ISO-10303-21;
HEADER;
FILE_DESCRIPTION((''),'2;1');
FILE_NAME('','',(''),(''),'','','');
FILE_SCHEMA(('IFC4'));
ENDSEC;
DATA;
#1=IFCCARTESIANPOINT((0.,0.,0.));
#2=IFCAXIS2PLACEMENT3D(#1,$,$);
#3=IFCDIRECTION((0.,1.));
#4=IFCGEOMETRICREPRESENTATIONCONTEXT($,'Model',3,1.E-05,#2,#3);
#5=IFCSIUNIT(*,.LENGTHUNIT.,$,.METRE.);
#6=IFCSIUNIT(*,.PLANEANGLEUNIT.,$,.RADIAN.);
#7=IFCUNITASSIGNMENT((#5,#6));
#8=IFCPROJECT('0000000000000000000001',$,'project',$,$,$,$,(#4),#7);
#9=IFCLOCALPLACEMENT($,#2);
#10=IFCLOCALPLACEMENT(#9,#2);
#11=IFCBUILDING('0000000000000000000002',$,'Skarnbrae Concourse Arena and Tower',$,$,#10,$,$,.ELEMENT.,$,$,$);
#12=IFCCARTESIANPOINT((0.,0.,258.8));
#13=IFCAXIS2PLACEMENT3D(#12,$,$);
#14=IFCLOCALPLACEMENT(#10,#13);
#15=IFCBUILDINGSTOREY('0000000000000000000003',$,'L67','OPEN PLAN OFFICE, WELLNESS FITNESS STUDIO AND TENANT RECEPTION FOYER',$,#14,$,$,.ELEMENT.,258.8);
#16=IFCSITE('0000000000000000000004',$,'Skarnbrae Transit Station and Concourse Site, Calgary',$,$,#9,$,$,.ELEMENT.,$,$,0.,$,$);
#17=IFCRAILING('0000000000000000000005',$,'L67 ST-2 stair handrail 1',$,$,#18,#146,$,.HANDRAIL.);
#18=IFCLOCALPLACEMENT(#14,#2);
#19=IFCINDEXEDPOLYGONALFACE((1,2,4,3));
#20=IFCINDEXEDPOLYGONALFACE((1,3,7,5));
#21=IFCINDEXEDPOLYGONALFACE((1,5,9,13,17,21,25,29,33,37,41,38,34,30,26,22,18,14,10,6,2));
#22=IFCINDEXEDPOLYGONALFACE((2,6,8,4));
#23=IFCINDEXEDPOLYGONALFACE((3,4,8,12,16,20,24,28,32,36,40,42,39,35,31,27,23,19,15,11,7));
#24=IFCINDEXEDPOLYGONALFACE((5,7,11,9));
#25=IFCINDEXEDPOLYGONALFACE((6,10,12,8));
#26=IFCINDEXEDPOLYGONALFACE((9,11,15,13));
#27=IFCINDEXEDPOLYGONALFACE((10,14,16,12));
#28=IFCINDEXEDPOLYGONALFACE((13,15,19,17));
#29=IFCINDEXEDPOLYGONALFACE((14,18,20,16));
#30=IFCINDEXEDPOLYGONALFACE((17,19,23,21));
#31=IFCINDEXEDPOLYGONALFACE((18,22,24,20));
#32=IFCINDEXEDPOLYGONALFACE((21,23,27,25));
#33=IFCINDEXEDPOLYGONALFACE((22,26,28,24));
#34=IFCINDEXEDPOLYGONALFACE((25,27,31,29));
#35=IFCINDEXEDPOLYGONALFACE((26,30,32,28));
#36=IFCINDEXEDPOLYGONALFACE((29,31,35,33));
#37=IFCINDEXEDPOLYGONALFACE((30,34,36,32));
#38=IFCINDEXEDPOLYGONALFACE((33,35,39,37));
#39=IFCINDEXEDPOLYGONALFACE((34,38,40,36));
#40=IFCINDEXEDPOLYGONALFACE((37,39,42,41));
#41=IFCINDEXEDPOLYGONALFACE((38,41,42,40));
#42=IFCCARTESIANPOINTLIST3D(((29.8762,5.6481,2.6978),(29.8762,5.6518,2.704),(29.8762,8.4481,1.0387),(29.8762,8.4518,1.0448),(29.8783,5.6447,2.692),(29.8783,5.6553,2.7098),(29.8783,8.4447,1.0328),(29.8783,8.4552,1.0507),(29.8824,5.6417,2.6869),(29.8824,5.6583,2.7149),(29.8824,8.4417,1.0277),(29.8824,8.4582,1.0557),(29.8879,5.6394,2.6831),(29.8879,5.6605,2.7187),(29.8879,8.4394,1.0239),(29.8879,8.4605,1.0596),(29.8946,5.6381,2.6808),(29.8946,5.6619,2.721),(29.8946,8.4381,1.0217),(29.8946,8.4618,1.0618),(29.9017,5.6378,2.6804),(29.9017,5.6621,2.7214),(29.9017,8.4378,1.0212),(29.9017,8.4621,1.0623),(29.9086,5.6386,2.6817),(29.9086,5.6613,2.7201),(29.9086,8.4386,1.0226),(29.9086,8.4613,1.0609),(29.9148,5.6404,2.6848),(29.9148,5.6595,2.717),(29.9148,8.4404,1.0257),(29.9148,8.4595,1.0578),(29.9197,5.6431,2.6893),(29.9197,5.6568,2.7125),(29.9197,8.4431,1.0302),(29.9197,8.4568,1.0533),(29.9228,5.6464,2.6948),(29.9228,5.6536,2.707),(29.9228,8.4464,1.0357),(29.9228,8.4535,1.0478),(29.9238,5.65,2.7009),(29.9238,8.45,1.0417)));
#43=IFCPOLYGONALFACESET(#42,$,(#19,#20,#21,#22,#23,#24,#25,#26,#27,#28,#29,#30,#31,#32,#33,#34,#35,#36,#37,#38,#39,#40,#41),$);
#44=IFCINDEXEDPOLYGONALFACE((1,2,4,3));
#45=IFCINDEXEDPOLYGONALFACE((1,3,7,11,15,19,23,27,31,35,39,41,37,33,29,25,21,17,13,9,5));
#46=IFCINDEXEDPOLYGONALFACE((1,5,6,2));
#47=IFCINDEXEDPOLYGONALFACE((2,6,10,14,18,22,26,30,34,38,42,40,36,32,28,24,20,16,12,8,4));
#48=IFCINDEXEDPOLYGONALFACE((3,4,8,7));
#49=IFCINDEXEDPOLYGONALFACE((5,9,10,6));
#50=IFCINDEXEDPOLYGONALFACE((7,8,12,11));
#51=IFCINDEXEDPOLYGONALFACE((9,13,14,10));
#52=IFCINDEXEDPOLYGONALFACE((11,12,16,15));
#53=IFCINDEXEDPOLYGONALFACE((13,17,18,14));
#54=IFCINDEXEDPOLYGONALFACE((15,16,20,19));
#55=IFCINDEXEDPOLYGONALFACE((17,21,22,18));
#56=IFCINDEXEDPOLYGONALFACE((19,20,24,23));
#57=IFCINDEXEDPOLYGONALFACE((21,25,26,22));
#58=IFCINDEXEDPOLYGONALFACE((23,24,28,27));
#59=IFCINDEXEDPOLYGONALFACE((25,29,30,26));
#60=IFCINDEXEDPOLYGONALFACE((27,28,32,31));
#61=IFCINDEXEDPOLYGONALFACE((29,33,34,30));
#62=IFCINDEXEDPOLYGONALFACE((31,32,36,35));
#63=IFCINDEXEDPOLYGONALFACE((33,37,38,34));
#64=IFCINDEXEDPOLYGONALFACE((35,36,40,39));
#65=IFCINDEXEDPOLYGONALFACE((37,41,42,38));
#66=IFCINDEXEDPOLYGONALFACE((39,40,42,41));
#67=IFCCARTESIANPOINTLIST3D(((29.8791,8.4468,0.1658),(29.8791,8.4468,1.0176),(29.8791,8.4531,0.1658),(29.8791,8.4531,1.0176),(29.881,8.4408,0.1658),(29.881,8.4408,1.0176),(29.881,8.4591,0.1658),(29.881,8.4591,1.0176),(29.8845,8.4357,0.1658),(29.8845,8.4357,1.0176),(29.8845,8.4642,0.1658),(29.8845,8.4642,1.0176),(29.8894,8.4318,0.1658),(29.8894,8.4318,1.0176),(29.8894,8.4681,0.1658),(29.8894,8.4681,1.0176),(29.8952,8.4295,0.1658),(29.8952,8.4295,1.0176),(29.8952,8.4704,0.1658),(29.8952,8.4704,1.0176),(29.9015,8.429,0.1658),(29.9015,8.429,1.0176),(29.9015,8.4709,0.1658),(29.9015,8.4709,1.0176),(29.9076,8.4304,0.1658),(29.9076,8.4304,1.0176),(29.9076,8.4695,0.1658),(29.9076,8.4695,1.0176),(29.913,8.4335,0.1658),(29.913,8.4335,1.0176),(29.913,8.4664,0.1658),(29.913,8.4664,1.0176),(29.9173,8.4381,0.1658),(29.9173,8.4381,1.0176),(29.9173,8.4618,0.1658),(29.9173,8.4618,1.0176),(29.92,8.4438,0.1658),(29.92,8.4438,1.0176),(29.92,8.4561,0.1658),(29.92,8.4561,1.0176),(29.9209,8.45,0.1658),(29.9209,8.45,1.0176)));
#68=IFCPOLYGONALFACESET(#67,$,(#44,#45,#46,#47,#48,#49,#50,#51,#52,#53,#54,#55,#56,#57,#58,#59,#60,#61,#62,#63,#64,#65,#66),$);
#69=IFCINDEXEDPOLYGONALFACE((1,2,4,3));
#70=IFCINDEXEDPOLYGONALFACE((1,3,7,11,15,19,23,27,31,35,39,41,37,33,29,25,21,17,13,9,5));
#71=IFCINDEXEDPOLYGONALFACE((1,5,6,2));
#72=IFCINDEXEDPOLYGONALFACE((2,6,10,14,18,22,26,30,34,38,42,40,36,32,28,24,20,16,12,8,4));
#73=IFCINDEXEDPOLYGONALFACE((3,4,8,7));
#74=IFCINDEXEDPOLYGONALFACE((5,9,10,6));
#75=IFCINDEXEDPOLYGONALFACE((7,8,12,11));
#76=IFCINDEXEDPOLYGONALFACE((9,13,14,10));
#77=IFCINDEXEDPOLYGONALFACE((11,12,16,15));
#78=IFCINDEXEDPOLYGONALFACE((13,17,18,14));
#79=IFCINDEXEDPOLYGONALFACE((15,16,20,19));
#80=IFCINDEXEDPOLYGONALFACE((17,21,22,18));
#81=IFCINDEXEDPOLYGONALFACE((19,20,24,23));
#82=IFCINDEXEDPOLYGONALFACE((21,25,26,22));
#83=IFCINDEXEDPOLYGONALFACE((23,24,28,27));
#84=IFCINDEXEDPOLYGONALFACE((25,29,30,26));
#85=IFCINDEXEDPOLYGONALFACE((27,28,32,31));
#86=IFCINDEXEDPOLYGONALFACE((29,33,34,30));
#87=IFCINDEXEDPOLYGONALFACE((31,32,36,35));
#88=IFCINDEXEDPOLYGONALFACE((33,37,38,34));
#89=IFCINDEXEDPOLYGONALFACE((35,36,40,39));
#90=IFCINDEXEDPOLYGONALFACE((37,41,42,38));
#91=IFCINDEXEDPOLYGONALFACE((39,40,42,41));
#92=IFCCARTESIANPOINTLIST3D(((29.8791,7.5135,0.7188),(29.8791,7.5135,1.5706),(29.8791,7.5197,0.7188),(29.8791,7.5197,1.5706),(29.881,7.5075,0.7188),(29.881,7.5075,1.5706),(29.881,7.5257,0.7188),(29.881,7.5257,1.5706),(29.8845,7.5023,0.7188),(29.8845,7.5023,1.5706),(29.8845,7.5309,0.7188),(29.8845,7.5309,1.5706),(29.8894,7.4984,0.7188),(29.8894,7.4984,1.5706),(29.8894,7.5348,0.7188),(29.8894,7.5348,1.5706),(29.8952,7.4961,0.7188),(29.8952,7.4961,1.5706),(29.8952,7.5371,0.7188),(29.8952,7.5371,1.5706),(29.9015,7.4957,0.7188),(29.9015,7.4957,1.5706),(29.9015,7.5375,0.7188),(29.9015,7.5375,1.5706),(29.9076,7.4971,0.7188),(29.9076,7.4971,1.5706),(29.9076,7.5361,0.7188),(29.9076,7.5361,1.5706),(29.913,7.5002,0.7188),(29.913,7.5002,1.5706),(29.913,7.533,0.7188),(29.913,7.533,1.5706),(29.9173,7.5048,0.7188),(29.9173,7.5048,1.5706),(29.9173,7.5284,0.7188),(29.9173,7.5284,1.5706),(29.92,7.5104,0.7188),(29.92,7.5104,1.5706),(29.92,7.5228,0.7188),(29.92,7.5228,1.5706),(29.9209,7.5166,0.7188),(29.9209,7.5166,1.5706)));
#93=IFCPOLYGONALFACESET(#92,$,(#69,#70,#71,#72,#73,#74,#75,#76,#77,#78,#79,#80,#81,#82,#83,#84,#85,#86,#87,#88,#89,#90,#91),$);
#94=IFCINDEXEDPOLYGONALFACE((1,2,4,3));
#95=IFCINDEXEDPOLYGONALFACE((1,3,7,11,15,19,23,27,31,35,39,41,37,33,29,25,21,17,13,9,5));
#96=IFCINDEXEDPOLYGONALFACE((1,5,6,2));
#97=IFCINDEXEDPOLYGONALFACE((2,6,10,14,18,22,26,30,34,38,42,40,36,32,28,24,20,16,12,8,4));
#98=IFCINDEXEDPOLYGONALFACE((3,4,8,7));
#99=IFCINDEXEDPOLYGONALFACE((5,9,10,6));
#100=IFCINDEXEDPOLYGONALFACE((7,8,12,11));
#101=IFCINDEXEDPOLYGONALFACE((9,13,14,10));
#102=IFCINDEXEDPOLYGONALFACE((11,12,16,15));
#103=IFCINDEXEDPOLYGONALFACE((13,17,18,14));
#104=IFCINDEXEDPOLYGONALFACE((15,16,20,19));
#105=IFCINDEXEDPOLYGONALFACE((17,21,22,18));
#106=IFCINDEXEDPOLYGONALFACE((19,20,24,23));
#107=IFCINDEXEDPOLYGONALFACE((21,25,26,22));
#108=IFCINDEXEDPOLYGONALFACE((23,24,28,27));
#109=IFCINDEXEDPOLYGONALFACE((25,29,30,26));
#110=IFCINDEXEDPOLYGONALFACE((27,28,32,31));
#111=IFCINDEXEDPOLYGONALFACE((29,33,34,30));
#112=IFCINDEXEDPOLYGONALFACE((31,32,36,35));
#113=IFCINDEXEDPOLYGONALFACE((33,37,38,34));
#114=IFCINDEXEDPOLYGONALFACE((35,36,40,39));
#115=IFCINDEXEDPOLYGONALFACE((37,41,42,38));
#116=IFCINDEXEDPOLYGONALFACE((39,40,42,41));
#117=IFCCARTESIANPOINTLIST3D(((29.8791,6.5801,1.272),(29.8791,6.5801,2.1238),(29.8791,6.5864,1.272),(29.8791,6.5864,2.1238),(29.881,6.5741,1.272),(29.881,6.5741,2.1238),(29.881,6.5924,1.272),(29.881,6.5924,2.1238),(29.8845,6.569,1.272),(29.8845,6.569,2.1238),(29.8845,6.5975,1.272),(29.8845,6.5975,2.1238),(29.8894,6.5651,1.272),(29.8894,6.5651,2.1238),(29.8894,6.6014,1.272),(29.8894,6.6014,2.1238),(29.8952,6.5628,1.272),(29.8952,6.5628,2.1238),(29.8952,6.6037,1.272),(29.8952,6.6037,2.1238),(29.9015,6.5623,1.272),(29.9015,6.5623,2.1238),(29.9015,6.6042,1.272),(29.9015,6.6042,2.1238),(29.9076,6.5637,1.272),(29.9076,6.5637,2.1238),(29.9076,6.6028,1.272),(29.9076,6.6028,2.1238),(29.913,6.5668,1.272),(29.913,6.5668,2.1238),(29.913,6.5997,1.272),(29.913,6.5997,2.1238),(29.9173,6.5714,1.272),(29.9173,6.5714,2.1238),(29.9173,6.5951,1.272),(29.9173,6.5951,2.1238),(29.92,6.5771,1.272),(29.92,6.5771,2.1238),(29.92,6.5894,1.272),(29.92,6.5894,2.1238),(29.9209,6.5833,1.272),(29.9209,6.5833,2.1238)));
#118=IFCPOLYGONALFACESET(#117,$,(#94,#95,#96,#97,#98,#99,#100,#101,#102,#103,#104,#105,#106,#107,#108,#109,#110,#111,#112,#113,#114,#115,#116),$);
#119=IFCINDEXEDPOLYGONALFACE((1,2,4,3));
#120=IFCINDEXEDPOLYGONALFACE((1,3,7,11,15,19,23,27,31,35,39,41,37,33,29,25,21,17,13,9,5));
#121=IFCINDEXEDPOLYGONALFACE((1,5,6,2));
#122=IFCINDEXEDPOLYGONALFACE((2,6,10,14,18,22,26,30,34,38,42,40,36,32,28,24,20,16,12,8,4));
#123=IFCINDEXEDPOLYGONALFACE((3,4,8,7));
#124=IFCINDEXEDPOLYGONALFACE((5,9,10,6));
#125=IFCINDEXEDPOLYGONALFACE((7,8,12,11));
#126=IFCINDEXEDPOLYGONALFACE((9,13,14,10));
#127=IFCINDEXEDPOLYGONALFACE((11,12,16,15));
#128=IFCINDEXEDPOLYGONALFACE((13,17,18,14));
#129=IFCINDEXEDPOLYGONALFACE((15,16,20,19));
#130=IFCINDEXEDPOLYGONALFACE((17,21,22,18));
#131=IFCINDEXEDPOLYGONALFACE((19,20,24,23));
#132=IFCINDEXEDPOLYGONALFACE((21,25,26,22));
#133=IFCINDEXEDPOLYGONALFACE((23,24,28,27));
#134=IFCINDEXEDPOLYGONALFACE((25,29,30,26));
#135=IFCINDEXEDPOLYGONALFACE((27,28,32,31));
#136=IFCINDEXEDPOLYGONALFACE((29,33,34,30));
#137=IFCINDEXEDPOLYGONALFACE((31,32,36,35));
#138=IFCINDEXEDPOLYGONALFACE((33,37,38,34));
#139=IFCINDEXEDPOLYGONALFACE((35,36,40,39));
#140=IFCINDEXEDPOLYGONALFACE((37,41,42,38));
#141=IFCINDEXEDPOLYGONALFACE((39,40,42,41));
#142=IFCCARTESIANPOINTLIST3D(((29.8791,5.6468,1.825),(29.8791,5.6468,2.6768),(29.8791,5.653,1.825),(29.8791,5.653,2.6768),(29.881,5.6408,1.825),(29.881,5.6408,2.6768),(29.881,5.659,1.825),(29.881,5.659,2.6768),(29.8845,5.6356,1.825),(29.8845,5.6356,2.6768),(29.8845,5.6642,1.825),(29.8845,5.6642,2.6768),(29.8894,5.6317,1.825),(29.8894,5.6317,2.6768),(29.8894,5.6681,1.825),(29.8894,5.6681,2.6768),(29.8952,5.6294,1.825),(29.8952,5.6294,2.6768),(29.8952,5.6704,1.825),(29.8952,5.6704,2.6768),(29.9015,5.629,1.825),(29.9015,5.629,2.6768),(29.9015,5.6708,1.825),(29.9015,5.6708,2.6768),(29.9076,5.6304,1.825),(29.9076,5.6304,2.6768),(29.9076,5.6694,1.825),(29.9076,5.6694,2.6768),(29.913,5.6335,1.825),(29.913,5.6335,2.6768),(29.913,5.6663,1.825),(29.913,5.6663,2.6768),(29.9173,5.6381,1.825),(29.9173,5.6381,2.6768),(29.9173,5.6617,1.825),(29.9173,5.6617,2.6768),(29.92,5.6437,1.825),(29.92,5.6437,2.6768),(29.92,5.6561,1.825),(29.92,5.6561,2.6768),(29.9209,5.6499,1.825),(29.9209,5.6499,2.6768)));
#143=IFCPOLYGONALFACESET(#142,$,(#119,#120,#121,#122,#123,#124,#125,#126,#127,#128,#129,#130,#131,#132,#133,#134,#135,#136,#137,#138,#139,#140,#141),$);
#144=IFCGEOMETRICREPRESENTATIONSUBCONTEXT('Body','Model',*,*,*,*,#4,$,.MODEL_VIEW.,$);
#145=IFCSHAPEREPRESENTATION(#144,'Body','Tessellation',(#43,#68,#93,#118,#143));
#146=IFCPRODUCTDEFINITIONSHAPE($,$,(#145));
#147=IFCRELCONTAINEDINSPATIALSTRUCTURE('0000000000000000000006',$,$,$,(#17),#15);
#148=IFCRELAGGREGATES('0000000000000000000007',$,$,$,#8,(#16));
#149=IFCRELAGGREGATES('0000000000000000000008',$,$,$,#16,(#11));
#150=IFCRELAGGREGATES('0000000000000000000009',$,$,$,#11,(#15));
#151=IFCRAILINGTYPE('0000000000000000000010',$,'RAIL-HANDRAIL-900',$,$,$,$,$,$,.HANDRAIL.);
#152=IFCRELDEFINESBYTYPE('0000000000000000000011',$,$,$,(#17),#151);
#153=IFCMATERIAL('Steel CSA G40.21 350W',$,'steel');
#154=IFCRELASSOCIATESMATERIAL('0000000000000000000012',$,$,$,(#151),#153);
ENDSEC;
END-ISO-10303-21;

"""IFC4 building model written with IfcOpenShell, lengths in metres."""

from ifc_helpers import new_model, si_unit, direction, frame, origin, origin_2d, place, context, subcontext, project, spatial, circle, extrude, material, type_object, element, save


model = new_model("IFC4")

# Units and contexts
model_context = context("Model", 3, precision=1e-05, world=origin(), true_north=direction((0.0, 1.0)))
body_context = subcontext(model_context, "Body", "Model", "MODEL_VIEW")
ifc_project = project(units=[si_unit("LENGTHUNIT", "METRE"), si_unit("PLANEANGLEUNIT", "RADIAN")], contexts=[model_context])

# Site, building, storey
site_placement = place(None, origin())
site = spatial("IfcSite", under=ifc_project, at=site_placement, Name="Skarnbrae Transit Station and Concourse Site, Calgary", CompositionType="ELEMENT", RefElevation=0.0)
building_placement = place(site_placement, origin())
building = spatial("IfcBuilding", under=site, at=building_placement, Name="Skarnbrae Concourse Arena and Tower", CompositionType="ELEMENT")
storey_placement = place(building_placement, frame((0.0, 0.0, 258.8)))
storey = spatial("IfcBuildingStorey", under=building, at=storey_placement, Name="L67", Description="OPEN PLAN OFFICE, WELLNESS FITNESS STUDIO AND TENANT RECEPTION FOYER", CompositionType="ELEMENT", Elevation=258.8)

# Shared definitions
ifc_material_1 = material(Name="Steel CSA G40.21 350W", Category="steel")

# Railing
railing_type_1 = type_object("IfcRailingType", Name="RAIL-HANDRAIL-900", PredefinedType="HANDRAIL", material=ifc_material_1)
railing_1_placement = place(storey_placement, frame((29.8999, 8.45, 0.1658)))
element("IfcRailing", 1, at=railing_1_placement, inside=storey, type_object=railing_type_1, Name="L67 ST-2 stair handrail 1", PredefinedType="HANDRAIL", context=body_context, shape_type="SweptSolid", body=[
    extrude(circle(Radius=0.0239, at=origin_2d()), frame((0.0, 0.0, 0.876), z_axis=(0.0, -0.860306, 0.509778), x_axis=(1.0, 0.0, 0.0)), (0.0, 0.0, 1.0), 3.2546),
    extrude(circle(Radius=0.021, at=origin_2d()), origin(), (0.0, 0.0, 1.0), 0.8518),
    extrude(circle(Radius=0.021, at=origin_2d()), frame((0.0, -0.9333, 0.553)), (0.0, 0.0, 1.0), 0.8518),
    extrude(circle(Radius=0.021, at=origin_2d()), frame((0.0, -1.8667, 1.1062)), (0.0, 0.0, 1.0), 0.8518),
    extrude(circle(Radius=0.021, at=origin_2d()), frame((0.0, -2.8, 1.6592)), (0.0, 0.0, 1.0), 0.8518),
])

save(model, "model.ifc")
